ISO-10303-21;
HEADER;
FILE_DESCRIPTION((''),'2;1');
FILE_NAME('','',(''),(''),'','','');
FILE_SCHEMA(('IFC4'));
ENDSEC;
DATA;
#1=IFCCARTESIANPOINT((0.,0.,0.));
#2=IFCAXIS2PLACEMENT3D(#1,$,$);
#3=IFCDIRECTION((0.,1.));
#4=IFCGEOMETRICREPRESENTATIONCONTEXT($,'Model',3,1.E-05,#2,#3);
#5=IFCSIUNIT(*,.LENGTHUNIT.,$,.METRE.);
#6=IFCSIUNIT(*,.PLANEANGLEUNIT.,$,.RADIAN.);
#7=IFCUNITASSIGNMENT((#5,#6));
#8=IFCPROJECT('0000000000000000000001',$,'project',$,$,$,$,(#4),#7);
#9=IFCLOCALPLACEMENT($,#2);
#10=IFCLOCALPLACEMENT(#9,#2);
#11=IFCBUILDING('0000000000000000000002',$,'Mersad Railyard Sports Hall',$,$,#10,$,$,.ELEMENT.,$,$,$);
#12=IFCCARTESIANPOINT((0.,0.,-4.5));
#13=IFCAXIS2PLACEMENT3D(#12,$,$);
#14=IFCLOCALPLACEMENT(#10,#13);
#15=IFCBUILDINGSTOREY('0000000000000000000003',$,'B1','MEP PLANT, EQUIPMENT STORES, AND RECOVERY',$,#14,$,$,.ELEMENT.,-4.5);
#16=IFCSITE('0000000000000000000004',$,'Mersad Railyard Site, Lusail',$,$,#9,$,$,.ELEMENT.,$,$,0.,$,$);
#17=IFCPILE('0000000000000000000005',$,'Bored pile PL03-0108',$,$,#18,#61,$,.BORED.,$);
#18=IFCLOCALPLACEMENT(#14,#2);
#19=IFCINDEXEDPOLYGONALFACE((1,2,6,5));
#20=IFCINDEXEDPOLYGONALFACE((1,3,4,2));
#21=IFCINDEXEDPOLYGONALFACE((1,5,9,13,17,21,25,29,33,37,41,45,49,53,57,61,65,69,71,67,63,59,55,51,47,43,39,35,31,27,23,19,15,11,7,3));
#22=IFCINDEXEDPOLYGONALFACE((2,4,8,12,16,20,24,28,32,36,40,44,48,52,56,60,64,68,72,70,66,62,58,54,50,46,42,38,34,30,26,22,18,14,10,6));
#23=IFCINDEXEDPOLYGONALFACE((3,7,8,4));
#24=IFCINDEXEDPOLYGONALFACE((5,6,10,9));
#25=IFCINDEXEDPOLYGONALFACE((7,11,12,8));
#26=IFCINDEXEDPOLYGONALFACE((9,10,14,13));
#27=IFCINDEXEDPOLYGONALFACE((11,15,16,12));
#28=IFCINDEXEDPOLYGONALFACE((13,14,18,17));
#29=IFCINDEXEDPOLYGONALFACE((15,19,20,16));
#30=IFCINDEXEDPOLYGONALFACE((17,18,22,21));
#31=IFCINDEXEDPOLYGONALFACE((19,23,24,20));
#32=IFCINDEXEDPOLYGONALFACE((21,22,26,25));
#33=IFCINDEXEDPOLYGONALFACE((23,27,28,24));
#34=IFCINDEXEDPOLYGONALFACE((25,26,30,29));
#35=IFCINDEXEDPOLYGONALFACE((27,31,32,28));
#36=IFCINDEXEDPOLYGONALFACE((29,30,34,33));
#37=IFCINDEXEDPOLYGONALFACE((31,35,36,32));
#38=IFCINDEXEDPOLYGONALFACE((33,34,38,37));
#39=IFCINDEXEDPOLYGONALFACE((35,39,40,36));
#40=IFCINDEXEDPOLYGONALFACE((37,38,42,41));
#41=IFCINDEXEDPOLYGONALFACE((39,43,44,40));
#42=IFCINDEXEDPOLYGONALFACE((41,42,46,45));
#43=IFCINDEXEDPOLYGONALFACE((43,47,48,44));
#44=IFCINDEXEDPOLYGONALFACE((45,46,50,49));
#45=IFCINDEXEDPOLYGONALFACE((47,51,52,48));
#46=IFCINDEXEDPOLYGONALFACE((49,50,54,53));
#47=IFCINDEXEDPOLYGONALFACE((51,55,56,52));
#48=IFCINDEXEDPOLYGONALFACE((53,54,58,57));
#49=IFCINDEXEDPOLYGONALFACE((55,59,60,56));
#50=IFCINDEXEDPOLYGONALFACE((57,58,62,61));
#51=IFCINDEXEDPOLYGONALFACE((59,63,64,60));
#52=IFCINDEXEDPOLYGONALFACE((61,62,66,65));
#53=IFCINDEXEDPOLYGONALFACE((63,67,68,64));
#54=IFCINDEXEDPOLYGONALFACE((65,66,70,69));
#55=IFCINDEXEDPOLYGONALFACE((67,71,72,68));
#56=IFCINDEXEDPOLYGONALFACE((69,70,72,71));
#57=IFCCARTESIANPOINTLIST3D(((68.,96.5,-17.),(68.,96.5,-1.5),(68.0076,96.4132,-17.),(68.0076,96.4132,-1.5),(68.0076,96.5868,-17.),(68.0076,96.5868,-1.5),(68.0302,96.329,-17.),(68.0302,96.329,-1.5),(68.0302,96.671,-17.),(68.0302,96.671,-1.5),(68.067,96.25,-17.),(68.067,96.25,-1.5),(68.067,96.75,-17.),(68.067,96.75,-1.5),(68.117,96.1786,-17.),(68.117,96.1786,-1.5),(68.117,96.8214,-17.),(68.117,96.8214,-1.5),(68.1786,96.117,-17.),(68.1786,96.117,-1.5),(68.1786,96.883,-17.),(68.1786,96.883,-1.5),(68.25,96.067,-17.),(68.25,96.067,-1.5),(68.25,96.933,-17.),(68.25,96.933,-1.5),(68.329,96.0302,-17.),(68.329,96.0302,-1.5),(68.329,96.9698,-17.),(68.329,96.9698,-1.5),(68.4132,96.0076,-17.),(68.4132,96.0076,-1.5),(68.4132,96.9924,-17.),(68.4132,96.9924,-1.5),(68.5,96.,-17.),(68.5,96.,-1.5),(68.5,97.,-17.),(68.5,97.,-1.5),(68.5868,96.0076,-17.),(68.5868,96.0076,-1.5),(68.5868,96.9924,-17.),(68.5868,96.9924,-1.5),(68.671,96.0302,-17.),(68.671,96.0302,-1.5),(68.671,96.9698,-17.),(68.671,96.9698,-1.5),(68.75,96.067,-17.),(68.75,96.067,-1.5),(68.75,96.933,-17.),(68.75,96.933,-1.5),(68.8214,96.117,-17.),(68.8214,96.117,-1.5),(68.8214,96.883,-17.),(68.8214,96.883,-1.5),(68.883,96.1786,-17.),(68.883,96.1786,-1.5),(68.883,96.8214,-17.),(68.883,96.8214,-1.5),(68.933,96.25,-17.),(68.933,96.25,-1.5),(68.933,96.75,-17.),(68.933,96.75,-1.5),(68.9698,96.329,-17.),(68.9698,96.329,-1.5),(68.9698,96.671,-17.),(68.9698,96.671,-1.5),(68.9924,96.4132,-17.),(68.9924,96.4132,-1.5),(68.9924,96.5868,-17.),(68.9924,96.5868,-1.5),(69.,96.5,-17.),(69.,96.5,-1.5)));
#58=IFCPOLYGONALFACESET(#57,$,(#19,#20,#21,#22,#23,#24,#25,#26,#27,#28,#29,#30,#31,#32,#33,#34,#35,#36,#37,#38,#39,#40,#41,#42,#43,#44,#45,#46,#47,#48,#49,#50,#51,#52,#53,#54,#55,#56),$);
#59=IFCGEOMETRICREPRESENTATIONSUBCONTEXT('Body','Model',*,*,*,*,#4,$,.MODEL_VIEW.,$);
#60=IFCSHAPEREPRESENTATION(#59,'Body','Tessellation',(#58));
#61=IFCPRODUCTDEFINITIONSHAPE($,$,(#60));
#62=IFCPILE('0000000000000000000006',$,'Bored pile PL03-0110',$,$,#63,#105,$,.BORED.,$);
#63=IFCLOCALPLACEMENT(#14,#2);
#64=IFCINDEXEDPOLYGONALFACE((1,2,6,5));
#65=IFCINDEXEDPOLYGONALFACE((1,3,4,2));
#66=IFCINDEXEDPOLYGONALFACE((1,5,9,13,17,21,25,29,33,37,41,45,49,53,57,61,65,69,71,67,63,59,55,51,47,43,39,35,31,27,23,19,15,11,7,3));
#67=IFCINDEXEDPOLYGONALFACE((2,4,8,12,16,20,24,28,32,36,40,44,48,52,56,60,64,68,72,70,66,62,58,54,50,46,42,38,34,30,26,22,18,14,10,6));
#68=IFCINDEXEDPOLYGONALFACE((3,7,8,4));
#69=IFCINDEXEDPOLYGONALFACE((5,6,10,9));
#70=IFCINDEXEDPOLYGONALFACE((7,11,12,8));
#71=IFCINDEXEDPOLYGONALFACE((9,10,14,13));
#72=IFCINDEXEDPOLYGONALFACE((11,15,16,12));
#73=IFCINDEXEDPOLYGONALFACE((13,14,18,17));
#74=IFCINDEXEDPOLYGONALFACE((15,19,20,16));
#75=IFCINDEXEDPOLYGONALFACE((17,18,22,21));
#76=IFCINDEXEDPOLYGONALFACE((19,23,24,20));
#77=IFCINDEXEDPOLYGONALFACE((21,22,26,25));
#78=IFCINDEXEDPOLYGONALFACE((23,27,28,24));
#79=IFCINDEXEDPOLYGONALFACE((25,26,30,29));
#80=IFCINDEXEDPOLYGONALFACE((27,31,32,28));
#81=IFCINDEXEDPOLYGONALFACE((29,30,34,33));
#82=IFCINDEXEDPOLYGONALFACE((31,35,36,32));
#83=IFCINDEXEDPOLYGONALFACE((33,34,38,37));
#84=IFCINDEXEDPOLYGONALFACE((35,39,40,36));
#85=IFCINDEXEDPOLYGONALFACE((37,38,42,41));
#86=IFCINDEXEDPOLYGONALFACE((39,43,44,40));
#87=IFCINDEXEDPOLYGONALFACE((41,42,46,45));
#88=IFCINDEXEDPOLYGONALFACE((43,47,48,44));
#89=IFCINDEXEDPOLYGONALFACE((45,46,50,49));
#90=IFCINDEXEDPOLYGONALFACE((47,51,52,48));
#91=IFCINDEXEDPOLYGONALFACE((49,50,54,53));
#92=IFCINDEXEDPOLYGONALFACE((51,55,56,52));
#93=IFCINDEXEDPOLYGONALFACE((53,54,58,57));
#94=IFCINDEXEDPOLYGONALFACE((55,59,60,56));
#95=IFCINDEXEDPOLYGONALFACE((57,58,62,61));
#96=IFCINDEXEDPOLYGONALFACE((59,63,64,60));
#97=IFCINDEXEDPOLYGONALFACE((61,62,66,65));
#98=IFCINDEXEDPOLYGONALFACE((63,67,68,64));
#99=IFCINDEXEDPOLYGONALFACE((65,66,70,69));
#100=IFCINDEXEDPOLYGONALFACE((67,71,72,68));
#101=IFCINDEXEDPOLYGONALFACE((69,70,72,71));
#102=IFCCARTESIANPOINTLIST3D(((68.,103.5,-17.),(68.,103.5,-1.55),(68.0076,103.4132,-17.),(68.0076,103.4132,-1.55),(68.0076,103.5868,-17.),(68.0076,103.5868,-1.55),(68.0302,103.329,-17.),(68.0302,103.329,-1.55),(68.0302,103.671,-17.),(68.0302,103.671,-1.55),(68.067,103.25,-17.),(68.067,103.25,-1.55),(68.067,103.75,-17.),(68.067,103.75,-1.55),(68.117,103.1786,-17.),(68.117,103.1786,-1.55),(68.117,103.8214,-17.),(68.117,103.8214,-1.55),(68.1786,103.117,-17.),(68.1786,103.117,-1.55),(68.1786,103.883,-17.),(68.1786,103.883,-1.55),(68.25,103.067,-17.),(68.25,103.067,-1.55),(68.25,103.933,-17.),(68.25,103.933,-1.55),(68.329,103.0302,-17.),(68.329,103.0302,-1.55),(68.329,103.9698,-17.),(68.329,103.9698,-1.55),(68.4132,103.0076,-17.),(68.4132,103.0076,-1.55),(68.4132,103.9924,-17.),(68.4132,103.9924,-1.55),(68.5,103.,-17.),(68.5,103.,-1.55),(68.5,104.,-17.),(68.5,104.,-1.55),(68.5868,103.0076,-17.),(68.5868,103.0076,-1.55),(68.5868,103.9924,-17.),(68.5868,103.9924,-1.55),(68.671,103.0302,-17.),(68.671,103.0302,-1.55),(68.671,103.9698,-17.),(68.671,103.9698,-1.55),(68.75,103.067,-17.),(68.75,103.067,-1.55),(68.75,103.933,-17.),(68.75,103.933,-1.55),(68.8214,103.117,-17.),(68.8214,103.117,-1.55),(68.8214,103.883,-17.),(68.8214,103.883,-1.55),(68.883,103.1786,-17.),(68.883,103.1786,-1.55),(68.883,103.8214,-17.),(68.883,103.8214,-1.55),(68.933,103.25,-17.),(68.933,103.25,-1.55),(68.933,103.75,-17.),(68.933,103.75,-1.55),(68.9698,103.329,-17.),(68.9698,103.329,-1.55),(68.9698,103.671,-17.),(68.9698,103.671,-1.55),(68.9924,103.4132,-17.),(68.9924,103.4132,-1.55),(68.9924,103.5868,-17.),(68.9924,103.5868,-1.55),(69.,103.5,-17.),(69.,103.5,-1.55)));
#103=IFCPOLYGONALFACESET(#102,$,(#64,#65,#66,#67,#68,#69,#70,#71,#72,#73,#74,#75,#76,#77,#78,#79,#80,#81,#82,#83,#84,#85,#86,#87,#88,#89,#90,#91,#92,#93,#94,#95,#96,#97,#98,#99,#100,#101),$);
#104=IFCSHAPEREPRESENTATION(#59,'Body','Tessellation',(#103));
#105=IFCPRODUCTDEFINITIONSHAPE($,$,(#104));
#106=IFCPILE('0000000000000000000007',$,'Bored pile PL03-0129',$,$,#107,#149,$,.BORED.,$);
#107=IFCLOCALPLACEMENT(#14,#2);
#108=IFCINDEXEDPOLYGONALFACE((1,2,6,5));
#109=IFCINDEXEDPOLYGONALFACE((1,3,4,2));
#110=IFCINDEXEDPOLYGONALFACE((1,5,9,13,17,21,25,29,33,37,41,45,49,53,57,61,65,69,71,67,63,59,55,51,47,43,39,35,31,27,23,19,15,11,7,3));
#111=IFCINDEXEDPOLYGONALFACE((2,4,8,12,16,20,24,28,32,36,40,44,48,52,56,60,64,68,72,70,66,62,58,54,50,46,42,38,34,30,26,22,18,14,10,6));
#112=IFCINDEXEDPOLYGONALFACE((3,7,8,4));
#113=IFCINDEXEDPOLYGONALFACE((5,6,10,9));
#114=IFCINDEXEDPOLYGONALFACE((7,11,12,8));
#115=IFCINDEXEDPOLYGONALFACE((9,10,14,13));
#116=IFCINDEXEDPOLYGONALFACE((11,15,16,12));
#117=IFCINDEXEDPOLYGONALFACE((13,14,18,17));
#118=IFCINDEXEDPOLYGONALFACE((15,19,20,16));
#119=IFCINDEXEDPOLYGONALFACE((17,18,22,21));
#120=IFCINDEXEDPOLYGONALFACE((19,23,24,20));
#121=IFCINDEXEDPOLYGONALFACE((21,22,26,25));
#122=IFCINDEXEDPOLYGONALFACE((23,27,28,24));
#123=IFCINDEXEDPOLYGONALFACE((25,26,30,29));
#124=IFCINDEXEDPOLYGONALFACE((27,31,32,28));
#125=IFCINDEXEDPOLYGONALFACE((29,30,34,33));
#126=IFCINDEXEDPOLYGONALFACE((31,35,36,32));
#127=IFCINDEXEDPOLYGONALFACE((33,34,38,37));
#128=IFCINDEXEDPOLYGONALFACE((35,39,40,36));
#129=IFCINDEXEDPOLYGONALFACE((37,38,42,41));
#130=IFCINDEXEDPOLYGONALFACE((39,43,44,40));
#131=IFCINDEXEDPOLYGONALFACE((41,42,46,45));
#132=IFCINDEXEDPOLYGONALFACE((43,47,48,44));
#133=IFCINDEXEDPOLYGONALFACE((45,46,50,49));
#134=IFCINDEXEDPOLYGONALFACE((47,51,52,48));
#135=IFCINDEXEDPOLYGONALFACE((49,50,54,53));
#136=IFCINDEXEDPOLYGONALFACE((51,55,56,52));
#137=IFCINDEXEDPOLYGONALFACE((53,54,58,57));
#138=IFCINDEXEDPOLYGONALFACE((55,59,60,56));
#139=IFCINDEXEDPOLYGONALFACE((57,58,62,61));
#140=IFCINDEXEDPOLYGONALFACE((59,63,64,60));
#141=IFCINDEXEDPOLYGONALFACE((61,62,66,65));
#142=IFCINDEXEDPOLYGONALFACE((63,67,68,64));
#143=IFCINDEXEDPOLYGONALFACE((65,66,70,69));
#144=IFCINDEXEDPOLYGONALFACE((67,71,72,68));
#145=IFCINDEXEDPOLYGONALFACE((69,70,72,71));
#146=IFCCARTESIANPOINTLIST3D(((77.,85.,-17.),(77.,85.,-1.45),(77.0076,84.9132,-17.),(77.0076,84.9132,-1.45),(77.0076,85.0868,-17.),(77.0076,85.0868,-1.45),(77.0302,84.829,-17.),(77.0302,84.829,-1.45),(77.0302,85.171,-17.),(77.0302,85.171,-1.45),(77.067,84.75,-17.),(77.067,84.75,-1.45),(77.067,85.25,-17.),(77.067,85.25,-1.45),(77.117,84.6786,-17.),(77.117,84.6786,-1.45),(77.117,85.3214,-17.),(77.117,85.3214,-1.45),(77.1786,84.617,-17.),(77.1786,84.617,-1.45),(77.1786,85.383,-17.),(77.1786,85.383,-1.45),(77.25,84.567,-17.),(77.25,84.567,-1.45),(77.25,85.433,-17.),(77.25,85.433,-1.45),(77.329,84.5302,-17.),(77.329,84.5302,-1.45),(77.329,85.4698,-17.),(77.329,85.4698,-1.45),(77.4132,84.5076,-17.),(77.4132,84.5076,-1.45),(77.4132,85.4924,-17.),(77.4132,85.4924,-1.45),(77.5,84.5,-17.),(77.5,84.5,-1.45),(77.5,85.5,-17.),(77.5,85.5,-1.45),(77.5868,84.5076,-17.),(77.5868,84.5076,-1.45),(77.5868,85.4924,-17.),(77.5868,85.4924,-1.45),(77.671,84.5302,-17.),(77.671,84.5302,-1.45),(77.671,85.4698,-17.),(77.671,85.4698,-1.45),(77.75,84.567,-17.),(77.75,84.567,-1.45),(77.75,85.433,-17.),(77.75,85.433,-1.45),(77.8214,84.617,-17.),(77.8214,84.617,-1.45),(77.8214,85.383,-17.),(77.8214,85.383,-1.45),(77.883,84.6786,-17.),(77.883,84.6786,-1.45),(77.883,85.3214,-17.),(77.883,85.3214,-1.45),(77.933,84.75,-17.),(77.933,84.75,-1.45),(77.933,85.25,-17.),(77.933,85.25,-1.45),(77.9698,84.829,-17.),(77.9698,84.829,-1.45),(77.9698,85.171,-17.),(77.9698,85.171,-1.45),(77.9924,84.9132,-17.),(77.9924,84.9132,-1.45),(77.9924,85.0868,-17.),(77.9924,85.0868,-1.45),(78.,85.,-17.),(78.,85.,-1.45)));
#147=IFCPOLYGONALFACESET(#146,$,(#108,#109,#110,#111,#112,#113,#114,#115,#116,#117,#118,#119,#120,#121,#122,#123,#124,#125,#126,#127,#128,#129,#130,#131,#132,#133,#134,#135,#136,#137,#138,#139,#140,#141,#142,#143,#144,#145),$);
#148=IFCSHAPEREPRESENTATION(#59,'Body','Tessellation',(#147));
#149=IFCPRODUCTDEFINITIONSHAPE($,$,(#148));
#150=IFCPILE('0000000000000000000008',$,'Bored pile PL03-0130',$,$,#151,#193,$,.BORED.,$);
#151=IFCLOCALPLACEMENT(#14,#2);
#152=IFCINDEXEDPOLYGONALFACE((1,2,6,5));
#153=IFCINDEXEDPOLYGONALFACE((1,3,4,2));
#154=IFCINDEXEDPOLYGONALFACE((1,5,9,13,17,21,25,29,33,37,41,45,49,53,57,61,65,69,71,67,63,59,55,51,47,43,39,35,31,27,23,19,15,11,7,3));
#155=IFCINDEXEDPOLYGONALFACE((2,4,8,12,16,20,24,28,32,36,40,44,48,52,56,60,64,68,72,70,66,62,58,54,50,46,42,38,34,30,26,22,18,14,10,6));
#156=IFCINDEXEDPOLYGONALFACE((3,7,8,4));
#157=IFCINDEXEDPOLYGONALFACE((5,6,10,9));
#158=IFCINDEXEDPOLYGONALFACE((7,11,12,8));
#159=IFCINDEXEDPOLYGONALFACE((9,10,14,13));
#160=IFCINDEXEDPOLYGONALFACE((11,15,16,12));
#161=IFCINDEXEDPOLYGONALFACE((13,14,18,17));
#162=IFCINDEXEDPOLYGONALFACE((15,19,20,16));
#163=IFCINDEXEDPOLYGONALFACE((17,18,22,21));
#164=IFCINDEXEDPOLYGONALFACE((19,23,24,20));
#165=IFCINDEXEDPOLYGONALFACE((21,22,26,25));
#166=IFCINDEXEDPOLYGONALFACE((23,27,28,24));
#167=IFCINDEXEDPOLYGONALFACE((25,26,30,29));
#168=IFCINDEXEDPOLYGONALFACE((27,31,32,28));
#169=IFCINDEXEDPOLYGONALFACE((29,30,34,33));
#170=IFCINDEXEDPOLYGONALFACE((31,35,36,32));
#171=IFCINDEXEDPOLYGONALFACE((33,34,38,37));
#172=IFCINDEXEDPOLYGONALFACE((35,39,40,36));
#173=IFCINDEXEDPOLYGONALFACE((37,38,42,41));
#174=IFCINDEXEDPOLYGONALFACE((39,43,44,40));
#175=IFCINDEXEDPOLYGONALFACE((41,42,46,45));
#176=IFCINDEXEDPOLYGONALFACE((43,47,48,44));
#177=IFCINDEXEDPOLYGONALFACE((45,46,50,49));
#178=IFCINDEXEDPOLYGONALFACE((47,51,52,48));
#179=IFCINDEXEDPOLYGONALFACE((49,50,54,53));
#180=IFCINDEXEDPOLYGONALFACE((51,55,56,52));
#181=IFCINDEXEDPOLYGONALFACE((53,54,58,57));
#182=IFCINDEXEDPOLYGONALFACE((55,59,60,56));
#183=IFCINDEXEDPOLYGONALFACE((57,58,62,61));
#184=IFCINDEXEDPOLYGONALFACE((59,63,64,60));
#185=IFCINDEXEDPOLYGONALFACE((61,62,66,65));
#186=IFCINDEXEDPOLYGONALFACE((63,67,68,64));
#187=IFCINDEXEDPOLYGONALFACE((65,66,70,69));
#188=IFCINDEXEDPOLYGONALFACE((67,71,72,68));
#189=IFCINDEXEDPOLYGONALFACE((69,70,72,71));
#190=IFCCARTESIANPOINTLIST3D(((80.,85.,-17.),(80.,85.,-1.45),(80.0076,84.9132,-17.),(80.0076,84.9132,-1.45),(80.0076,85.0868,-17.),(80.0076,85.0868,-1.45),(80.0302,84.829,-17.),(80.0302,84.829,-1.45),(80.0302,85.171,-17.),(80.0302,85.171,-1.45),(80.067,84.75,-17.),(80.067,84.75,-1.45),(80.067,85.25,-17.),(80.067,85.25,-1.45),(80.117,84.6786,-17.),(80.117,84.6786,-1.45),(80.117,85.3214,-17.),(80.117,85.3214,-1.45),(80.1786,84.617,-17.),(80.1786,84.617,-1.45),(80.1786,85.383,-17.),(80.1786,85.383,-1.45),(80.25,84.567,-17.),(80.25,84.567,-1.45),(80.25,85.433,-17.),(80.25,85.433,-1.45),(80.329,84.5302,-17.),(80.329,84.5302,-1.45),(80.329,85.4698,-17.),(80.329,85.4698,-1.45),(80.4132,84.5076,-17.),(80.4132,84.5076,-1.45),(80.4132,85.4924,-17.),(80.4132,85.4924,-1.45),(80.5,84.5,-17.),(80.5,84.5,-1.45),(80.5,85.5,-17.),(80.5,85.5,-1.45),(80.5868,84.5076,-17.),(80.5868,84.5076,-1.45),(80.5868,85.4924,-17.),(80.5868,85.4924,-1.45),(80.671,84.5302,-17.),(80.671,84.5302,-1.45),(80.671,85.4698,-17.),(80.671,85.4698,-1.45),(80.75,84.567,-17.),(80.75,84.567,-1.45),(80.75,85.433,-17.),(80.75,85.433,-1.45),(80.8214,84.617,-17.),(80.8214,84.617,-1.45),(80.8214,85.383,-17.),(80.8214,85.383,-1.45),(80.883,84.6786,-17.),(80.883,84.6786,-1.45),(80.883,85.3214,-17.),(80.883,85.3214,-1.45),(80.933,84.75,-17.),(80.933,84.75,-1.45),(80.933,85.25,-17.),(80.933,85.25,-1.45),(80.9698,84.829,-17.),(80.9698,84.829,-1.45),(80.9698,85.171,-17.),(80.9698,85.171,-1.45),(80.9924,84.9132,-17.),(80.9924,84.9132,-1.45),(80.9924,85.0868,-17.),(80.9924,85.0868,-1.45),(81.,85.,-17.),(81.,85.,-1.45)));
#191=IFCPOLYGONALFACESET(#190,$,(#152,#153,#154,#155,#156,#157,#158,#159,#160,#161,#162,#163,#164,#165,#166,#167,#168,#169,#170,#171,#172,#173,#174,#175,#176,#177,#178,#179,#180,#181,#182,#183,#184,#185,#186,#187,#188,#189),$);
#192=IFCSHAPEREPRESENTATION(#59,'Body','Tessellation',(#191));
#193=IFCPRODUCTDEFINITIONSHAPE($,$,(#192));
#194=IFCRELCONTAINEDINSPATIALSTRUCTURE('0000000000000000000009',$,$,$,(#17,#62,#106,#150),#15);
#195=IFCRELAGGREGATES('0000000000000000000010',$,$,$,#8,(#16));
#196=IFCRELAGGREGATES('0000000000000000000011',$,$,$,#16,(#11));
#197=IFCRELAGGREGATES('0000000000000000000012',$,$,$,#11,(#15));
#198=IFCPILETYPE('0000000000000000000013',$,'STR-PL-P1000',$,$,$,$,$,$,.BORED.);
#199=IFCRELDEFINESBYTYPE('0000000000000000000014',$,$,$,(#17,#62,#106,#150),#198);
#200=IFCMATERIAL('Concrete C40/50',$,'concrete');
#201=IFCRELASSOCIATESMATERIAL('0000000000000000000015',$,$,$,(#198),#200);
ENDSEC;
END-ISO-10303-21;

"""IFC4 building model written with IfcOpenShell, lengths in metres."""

from ifc_helpers import new_model, si_unit, direction, frame, origin, origin_2d, place, context, subcontext, project, spatial, circle, extrude, material, material_profile, profile_set, type_object, element, save


model = new_model("IFC4")

# Units and contexts
model_context = context("Model", 3, precision=1e-05, world=origin(), true_north=direction((0.0, 1.0)))
body_context = subcontext(model_context, "Body", "Model", "MODEL_VIEW")
ifc_project = project(units=[si_unit("LENGTHUNIT", "METRE"), si_unit("PLANEANGLEUNIT", "RADIAN")], contexts=[model_context])

# Site, building, storey
site_placement = place(None, origin())
site = spatial("IfcSite", under=ifc_project, at=site_placement, Name="Mersad Railyard Site, Lusail", CompositionType="ELEMENT", RefElevation=0.0)
building_placement = place(site_placement, origin())
building = spatial("IfcBuilding", under=site, at=building_placement, Name="Mersad Railyard Sports Hall", CompositionType="ELEMENT")
storey_placement = place(building_placement, frame((0.0, 0.0, -4.5)))
storey = spatial("IfcBuildingStorey", under=building, at=storey_placement, Name="B1", Description="MEP PLANT, EQUIPMENT STORES, AND RECOVERY", CompositionType="ELEMENT", Elevation=-4.5)

# Shared definitions
ifc_material_1 = material(Name="Concrete C40/50", Category="concrete")

# Piles
ifc_material_profile_1 = material_profile(ifc_material_1, circle(Radius=0.5, at=origin_2d()), Name="BORED PILE D1000")
ifc_profile_set_1 = profile_set([ifc_material_profile_1], Name="Concrete C40/50")
pile_type = type_object("IfcPileType", Name="STR-PL-P1000", PredefinedType="BORED", material=ifc_profile_set_1)
for number, where, z_axis, x_axis, name in (
    (1, (68.5, 96.5, -1.5), (0.0, 0.0, -1.0), (1.0, 0.0, 0.0), "Bored pile PL03-0108"),
):
    element("IfcPile", number, at=place(storey_placement, frame(where, z_axis=z_axis, x_axis=x_axis)), inside=storey, type_object=pile_type, Name=name, PredefinedType="BORED", context=body_context, shape_type="SweptSolid", body=[
        extrude(circle(Radius=0.5, at=origin_2d()), origin(), (0.0, 0.0, 1.0), 15.5),
    ])
pile_1_placement = place(storey_placement, frame((68.5, 103.5, -1.55), z_axis=(0.0, 0.0, -1.0), x_axis=(1.0, 0.0, 0.0)))
element("IfcPile", 2, at=pile_1_placement, inside=storey, type_object=pile_type, Name="Bored pile PL03-0110", PredefinedType="BORED", context=body_context, shape_type="SweptSolid", body=[
    extrude(circle(Radius=0.5, at=origin_2d()), origin(), (0.0, 0.0, 1.0), 15.45),
])
for number, where, z_axis, x_axis, name in (
    (3, (77.5, 85.0, -1.45), (0.0, 0.0, -1.0), (1.0, 0.0, 0.0), "Bored pile PL03-0129"),
    (4, (80.5, 85.0, -1.45), (0.0, 0.0, -1.0), (1.0, 0.0, 0.0), "Bored pile PL03-0130"),
):
    element("IfcPile", number, at=place(storey_placement, frame(where, z_axis=z_axis, x_axis=x_axis)), inside=storey, type_object=pile_type, Name=name, PredefinedType="BORED", context=body_context, shape_type="SweptSolid", body=[
        extrude(circle(Radius=0.5, at=origin_2d()), origin(), (0.0, 0.0, 1.0), 15.55),
    ])

save(model, "model.ifc")
